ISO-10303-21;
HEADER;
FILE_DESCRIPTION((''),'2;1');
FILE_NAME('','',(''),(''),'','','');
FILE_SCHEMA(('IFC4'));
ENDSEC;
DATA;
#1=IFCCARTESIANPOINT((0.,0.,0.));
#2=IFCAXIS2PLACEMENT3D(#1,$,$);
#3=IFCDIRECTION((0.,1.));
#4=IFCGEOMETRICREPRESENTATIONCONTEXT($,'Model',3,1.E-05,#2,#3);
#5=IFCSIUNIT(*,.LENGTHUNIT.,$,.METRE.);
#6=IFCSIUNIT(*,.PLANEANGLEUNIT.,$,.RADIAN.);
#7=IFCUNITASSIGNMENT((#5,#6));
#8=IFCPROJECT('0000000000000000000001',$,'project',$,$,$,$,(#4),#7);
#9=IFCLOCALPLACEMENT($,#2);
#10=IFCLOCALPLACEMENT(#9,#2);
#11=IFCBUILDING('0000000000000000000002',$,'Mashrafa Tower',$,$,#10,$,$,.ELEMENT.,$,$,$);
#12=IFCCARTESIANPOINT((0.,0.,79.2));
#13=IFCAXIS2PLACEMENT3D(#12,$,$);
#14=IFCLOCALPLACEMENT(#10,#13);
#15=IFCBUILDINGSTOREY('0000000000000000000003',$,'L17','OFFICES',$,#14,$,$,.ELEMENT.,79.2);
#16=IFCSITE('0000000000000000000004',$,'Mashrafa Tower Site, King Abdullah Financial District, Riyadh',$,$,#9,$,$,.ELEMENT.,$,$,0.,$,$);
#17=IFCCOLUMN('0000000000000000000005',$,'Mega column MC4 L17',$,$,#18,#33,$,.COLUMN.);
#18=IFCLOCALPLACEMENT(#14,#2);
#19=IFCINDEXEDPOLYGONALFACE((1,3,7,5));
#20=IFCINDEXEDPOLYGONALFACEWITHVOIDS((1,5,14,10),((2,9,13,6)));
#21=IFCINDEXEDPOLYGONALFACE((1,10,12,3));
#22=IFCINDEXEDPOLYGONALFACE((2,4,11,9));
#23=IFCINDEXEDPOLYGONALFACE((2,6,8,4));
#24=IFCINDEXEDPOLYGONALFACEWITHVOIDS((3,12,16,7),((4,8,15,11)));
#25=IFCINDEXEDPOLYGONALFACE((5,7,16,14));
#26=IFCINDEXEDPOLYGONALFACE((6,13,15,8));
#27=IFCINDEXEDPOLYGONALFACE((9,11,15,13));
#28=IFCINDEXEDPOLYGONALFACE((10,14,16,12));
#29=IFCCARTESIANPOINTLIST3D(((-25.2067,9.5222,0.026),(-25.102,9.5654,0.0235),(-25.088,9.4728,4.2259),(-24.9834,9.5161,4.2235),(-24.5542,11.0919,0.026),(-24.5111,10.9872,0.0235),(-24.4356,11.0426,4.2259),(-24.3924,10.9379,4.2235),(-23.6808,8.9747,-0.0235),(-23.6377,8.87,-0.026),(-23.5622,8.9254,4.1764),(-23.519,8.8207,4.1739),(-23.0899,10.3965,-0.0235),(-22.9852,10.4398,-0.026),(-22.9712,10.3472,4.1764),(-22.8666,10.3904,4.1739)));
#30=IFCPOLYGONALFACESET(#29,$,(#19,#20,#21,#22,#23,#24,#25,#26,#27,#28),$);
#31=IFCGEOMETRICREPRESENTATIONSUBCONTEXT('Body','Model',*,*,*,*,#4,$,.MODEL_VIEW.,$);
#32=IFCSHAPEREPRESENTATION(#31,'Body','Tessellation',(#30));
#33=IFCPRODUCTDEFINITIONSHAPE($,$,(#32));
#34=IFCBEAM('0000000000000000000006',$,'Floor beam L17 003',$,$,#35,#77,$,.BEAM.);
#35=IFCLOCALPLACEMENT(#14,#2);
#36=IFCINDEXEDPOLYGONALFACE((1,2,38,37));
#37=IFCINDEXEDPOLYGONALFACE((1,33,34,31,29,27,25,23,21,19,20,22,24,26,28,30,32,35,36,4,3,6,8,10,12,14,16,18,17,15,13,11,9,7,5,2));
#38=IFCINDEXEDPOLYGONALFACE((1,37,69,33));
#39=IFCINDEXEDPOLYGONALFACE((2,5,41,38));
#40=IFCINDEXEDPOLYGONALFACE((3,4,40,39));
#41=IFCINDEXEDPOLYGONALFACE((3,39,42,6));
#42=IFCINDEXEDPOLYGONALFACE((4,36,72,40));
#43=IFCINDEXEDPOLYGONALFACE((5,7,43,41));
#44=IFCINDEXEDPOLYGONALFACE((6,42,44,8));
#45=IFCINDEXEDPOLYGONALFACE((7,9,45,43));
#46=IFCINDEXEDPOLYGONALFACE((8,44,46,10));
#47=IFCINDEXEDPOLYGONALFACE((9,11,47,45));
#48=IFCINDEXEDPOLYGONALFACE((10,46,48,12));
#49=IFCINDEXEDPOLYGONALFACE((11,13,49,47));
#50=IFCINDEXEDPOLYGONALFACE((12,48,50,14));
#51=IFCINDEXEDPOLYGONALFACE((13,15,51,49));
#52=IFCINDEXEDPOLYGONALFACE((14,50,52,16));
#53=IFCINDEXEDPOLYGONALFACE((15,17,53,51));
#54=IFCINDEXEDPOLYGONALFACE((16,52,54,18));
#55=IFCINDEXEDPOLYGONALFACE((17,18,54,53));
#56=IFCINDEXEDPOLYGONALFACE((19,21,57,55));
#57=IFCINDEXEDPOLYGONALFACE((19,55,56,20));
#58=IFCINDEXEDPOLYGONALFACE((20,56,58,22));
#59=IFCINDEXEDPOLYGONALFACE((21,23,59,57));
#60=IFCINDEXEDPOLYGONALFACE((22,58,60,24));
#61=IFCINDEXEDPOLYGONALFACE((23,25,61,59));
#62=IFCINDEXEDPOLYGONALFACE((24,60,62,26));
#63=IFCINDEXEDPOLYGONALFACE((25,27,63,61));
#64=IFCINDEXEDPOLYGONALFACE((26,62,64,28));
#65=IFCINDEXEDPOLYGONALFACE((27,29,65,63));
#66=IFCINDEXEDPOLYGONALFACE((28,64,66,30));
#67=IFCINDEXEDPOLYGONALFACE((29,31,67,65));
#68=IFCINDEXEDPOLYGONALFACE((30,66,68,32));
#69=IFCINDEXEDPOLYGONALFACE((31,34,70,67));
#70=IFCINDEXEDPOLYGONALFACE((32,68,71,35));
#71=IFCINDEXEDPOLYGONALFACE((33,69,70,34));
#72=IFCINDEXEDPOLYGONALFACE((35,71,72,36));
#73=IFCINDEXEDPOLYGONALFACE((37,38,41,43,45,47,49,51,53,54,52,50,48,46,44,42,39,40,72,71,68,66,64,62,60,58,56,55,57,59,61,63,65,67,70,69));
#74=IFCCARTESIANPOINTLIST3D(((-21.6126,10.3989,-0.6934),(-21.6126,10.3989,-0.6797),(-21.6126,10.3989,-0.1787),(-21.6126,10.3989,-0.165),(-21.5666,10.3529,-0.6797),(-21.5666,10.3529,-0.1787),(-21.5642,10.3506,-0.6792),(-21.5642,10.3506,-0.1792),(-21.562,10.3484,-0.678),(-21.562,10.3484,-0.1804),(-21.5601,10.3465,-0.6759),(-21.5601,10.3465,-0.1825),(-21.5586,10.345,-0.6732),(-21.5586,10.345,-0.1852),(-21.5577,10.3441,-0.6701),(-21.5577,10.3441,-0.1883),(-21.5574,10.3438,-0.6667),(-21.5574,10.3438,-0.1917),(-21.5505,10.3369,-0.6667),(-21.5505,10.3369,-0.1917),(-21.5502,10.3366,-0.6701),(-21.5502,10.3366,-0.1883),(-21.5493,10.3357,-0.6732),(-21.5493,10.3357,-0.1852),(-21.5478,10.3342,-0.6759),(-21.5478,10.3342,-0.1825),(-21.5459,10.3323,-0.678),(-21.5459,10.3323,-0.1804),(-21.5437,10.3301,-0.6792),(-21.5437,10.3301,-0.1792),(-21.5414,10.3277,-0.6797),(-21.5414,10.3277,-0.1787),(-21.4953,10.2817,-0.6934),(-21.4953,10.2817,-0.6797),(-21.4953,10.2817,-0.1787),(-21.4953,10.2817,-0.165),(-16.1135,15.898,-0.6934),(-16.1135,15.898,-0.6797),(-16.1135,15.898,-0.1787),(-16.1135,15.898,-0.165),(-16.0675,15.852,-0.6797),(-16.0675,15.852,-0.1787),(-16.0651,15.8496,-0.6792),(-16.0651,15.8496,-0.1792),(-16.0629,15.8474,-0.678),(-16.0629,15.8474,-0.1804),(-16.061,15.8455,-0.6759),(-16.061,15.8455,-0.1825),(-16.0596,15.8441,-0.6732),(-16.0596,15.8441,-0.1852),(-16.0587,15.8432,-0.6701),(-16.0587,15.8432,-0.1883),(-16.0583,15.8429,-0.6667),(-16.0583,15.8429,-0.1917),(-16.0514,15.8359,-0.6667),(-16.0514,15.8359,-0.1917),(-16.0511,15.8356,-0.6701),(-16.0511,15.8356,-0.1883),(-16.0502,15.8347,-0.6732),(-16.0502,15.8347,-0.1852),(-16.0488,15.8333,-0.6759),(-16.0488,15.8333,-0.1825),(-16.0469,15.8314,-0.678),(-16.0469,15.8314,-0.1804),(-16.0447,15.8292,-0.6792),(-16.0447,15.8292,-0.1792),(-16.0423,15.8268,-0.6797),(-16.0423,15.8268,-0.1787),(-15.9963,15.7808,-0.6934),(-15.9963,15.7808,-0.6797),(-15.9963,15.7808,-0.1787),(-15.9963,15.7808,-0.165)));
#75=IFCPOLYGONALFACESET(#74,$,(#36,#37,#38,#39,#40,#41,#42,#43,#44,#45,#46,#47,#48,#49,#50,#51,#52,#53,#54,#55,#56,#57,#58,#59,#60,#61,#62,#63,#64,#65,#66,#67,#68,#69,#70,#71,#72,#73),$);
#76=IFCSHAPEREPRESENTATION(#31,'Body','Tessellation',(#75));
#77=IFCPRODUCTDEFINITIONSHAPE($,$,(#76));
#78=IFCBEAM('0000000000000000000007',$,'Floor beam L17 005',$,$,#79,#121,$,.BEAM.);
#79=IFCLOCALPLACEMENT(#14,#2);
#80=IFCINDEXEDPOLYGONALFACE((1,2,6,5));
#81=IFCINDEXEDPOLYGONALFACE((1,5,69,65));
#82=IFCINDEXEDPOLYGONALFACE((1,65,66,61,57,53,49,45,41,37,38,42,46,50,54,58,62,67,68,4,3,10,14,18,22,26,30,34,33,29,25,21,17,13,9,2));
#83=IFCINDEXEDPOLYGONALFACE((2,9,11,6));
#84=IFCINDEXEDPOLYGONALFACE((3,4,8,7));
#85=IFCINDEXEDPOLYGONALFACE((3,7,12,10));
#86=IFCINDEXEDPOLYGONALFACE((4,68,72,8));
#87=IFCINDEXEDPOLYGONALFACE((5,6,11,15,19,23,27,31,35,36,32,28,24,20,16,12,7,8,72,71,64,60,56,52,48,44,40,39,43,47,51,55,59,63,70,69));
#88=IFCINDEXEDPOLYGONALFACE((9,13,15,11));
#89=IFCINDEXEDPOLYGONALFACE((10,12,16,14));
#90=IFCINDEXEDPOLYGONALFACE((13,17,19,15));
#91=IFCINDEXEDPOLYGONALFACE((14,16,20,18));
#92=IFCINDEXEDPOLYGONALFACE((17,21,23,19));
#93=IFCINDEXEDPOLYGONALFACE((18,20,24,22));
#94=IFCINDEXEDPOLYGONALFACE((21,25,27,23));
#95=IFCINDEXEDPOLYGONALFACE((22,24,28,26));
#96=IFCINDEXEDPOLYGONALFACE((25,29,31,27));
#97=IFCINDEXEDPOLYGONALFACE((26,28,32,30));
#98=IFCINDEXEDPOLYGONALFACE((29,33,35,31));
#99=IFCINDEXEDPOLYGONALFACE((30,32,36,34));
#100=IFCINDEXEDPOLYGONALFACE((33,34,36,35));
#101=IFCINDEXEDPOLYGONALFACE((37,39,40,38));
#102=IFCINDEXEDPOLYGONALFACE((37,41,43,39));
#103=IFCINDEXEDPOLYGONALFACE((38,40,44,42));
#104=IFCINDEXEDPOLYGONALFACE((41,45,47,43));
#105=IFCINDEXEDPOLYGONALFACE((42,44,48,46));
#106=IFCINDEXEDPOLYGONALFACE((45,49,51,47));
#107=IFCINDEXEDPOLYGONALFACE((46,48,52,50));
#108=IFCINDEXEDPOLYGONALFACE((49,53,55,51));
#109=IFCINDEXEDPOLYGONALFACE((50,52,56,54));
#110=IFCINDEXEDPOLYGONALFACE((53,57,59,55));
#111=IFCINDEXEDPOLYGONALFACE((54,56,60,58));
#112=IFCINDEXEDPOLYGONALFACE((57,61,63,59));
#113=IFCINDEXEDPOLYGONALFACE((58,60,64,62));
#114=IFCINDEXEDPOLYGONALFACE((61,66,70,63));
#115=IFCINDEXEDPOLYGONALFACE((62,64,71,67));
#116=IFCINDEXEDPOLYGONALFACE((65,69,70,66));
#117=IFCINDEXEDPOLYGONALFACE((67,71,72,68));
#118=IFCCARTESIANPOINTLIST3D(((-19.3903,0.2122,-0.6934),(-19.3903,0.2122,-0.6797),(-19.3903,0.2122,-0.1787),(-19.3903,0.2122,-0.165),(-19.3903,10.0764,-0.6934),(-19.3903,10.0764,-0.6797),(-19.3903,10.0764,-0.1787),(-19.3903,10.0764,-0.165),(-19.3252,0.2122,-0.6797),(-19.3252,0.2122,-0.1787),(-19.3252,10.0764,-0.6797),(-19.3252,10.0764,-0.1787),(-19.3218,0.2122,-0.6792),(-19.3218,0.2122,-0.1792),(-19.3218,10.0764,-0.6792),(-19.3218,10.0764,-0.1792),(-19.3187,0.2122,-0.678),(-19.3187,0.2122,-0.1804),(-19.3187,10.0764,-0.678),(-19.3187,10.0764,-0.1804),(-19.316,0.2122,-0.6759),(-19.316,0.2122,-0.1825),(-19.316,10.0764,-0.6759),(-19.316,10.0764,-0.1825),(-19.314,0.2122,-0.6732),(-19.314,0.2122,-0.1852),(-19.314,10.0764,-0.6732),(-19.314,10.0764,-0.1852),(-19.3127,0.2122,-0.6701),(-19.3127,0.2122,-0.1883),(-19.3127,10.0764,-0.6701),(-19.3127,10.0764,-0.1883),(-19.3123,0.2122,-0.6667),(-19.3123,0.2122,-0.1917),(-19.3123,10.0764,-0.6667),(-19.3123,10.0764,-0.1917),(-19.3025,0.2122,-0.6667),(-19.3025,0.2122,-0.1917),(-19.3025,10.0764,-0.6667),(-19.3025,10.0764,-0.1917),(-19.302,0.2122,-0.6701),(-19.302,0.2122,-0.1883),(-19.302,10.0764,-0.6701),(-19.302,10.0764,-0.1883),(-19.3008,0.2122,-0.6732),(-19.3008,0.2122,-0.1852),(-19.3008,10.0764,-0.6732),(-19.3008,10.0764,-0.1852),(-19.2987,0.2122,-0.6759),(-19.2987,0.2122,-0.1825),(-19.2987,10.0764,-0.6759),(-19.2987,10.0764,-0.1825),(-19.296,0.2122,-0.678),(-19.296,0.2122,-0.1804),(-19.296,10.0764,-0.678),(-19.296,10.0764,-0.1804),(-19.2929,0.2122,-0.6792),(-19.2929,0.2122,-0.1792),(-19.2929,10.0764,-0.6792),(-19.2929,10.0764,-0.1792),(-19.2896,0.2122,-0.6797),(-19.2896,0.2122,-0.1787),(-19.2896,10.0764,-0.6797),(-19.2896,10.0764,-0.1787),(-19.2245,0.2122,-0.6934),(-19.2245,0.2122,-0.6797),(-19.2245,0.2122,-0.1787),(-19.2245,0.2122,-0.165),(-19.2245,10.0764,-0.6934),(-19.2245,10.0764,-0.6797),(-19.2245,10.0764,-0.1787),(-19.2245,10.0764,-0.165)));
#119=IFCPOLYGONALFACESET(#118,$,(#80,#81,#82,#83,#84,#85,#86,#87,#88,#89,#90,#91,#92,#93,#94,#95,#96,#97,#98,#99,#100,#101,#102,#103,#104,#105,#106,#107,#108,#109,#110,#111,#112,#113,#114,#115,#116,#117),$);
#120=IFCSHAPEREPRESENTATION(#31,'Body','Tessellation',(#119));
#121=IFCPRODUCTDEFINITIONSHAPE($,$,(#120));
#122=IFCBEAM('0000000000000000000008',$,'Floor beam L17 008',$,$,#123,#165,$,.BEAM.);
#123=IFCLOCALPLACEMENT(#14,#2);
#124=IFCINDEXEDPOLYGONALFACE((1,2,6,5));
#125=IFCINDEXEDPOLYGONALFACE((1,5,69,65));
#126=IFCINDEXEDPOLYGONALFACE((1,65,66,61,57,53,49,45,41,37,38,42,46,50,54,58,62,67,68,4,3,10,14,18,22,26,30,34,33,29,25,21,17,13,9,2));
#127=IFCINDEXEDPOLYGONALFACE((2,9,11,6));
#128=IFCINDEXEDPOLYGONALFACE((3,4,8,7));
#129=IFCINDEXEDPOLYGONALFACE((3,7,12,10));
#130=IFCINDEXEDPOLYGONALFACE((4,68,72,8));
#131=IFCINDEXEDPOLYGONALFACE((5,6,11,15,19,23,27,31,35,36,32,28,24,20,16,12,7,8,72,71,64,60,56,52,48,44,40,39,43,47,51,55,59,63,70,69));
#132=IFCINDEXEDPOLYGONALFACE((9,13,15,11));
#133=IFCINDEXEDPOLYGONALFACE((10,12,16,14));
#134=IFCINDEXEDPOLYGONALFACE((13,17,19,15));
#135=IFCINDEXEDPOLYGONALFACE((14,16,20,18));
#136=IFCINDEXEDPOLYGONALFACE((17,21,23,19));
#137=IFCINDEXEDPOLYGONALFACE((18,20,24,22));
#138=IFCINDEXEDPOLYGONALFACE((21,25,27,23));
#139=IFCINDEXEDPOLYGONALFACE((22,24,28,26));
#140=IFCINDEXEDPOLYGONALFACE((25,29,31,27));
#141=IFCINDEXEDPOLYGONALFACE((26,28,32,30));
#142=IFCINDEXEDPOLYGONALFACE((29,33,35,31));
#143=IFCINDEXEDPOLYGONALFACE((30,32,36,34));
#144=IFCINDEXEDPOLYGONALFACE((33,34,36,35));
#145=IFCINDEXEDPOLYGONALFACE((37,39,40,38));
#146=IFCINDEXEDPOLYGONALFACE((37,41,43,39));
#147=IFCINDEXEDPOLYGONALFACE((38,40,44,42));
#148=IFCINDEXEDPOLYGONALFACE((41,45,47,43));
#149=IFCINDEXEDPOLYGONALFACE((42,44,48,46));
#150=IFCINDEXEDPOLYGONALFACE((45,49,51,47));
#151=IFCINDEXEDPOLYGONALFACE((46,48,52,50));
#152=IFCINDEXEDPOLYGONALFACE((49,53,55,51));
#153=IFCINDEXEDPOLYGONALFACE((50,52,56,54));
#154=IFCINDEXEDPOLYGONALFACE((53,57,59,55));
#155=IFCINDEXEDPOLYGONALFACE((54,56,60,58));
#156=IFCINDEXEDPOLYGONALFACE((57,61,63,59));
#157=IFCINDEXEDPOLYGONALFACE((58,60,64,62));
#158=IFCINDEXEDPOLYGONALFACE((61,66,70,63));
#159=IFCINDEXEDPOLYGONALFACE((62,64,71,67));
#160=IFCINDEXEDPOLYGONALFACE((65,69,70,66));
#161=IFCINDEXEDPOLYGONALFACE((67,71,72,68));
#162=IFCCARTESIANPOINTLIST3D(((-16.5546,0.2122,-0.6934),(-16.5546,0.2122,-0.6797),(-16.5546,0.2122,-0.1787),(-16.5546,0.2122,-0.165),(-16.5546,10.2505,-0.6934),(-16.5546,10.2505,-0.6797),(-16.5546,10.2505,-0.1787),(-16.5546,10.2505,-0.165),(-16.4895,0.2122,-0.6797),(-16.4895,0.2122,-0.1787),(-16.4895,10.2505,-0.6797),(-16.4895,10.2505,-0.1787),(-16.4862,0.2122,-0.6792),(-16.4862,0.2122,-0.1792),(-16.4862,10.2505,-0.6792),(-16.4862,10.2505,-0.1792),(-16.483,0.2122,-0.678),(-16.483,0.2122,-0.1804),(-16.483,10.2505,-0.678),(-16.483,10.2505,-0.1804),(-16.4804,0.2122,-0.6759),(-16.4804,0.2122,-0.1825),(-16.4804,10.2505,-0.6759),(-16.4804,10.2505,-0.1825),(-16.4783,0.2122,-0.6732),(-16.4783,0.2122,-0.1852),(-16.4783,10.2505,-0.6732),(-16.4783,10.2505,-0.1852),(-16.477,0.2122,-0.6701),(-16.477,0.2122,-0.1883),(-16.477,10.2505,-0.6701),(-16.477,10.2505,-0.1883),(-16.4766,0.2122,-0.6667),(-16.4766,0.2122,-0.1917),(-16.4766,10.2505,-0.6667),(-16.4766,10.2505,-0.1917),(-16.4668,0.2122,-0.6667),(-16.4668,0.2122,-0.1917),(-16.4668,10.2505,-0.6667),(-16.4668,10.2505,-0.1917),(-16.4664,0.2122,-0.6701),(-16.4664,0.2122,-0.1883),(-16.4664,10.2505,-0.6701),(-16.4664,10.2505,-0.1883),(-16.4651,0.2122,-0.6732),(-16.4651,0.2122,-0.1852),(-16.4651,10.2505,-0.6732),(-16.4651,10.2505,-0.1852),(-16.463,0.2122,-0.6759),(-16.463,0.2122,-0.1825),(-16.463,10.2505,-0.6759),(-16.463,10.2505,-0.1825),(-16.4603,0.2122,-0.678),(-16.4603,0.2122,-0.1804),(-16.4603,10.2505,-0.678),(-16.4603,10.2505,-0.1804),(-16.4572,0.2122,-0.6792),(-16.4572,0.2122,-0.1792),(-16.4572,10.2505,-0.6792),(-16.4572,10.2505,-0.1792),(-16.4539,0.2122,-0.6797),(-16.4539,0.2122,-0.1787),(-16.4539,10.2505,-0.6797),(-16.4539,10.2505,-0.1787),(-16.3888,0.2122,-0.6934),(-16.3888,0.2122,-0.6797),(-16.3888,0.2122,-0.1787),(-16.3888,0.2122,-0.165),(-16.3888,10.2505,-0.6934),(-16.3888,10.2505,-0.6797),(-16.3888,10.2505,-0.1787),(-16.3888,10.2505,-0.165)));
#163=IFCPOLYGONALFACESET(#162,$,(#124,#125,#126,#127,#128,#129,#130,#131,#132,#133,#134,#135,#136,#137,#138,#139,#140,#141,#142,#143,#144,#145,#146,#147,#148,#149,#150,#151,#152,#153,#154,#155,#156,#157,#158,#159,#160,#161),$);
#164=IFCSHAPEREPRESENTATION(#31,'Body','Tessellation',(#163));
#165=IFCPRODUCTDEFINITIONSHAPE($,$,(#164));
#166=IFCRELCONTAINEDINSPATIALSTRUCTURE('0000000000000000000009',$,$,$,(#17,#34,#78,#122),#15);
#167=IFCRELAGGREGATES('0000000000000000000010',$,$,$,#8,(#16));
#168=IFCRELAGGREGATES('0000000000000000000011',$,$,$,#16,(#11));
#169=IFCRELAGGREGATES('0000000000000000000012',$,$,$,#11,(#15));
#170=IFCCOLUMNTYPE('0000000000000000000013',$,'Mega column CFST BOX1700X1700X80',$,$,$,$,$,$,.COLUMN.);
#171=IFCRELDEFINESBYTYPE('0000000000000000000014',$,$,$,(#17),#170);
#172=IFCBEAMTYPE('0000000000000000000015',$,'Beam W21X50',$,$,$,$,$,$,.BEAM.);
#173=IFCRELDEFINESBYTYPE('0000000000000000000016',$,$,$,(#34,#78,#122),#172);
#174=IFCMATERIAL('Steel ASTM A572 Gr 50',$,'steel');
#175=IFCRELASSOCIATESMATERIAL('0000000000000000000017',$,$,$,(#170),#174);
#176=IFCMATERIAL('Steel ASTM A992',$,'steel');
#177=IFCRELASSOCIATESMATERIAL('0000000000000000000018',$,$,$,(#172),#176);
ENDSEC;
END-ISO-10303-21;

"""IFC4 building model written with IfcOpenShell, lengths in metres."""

from ifc_helpers import new_model, si_unit, direction, frame, origin, origin_2d, place, context, subcontext, project, spatial, hollow_rectangle, i_section, extrude, material, material_profile, profile_set, type_object, element, save


model = new_model("IFC4")

# Units and contexts
model_context = context("Model", 3, precision=1e-05, world=origin(), true_north=direction((0.0, 1.0)))
body_context = subcontext(model_context, "Body", "Model", "MODEL_VIEW")
ifc_project = project(units=[si_unit("LENGTHUNIT", "METRE"), si_unit("PLANEANGLEUNIT", "RADIAN")], contexts=[model_context])

# Site, building, storey
site_placement = place(None, origin())
site = spatial("IfcSite", under=ifc_project, at=site_placement, Name="Mashrafa Tower Site, King Abdullah Financial District, Riyadh", CompositionType="ELEMENT", RefElevation=0.0)
building_placement = place(site_placement, origin())
building = spatial("IfcBuilding", under=site, at=building_placement, Name="Mashrafa Tower", CompositionType="ELEMENT")
storey_placement = place(building_placement, frame((0.0, 0.0, 79.2)))
storey = spatial("IfcBuildingStorey", under=building, at=storey_placement, Name="L17", Description="OFFICES", CompositionType="ELEMENT", Elevation=79.2)

# Column
ifc_material_1 = material(Name="Steel ASTM A572 Gr 50", Category="steel")
ifc_material_profile_1 = material_profile(ifc_material_1, hollow_rectangle(XDim=1.7, YDim=1.7, WallThickness=0.0801, at=origin_2d()), Name="BOX1700X1700X80")
ifc_profile_set_1 = profile_set([ifc_material_profile_1], Name="Steel ASTM A572 Gr 50")
column_type = type_object("IfcColumnType", Name="Mega column CFST BOX1700X1700X80", PredefinedType="COLUMN", material=ifc_profile_set_1)
column_placement = place(storey_placement, frame((-24.0959, 9.981, 0.0), z_axis=(0.028238, -0.011737, 0.999532), x_axis=(0.383806, 0.923414, 0.0)))
element("IfcColumn", 1, at=column_placement, inside=storey, type_object=column_type, Name="Mega column MC4 L17", PredefinedType="COLUMN", context=body_context, shape_type="SweptSolid", body=[
    extrude(hollow_rectangle(XDim=1.7, YDim=1.7, WallThickness=0.0801, at=origin_2d()), origin(), (0.0, 0.0, 1.0), 4.2019),
])

# Beams
ifc_material_2 = material(Name="Steel ASTM A992", Category="steel")
ifc_material_profile_2 = material_profile(ifc_material_2, i_section(OverallWidth=0.1658, OverallDepth=0.5283, WebThickness=0.0098, FlangeThickness=0.0137, FilletRadius=0.0129, at=origin_2d()), Name="W21X50")
ifc_profile_set_2 = profile_set([ifc_material_profile_2], Name="Steel ASTM A992")
beam_type_1 = type_object("IfcBeamType", Name="Beam W21X50", PredefinedType="BEAM", material=ifc_profile_set_2)
beam_1_placement = place(storey_placement, frame((-21.554, 10.3403, -0.4292), z_axis=(0.707107, 0.707107, 0.0), x_axis=(-0.707107, 0.707107, 0.0)))
element("IfcBeam", 2, at=beam_1_placement, inside=storey, type_object=beam_type_1, Name="Floor beam L17 003", PredefinedType="BEAM", context=body_context, shape_type="SweptSolid", body=[
    extrude(i_section(OverallWidth=0.1658, OverallDepth=0.5283, WebThickness=0.0098, FlangeThickness=0.0137, FilletRadius=0.0129, at=origin_2d()), origin(), (0.0, 0.0, 1.0), 7.7769),
])
beam_2_placement = place(storey_placement, frame((-19.3074, 0.2122, -0.4292), z_axis=(0.0, 1.0, 0.0), x_axis=(-1.0, 0.0, 0.0)))
element("IfcBeam", 3, at=beam_2_placement, inside=storey, type_object=beam_type_1, Name="Floor beam L17 005", PredefinedType="BEAM", context=body_context, shape_type="SweptSolid", body=[
    extrude(i_section(OverallWidth=0.1658, OverallDepth=0.5283, WebThickness=0.0098, FlangeThickness=0.0137, FilletRadius=0.0129, at=origin_2d()), origin(), (0.0, 0.0, 1.0), 9.8643),
])
beam_3_placement = place(storey_placement, frame((-16.4717, 0.2122, -0.4292), z_axis=(0.0, 1.0, 0.0), x_axis=(-1.0, 0.0, 0.0)))
element("IfcBeam", 4, at=beam_3_placement, inside=storey, type_object=beam_type_1, Name="Floor beam L17 008", PredefinedType="BEAM", context=body_context, shape_type="SweptSolid", body=[
    extrude(i_section(OverallWidth=0.1658, OverallDepth=0.5283, WebThickness=0.0098, FlangeThickness=0.0137, FilletRadius=0.0129, at=origin_2d()), origin(), (0.0, 0.0, 1.0), 10.0383),
])

save(model, "model.ifc")
